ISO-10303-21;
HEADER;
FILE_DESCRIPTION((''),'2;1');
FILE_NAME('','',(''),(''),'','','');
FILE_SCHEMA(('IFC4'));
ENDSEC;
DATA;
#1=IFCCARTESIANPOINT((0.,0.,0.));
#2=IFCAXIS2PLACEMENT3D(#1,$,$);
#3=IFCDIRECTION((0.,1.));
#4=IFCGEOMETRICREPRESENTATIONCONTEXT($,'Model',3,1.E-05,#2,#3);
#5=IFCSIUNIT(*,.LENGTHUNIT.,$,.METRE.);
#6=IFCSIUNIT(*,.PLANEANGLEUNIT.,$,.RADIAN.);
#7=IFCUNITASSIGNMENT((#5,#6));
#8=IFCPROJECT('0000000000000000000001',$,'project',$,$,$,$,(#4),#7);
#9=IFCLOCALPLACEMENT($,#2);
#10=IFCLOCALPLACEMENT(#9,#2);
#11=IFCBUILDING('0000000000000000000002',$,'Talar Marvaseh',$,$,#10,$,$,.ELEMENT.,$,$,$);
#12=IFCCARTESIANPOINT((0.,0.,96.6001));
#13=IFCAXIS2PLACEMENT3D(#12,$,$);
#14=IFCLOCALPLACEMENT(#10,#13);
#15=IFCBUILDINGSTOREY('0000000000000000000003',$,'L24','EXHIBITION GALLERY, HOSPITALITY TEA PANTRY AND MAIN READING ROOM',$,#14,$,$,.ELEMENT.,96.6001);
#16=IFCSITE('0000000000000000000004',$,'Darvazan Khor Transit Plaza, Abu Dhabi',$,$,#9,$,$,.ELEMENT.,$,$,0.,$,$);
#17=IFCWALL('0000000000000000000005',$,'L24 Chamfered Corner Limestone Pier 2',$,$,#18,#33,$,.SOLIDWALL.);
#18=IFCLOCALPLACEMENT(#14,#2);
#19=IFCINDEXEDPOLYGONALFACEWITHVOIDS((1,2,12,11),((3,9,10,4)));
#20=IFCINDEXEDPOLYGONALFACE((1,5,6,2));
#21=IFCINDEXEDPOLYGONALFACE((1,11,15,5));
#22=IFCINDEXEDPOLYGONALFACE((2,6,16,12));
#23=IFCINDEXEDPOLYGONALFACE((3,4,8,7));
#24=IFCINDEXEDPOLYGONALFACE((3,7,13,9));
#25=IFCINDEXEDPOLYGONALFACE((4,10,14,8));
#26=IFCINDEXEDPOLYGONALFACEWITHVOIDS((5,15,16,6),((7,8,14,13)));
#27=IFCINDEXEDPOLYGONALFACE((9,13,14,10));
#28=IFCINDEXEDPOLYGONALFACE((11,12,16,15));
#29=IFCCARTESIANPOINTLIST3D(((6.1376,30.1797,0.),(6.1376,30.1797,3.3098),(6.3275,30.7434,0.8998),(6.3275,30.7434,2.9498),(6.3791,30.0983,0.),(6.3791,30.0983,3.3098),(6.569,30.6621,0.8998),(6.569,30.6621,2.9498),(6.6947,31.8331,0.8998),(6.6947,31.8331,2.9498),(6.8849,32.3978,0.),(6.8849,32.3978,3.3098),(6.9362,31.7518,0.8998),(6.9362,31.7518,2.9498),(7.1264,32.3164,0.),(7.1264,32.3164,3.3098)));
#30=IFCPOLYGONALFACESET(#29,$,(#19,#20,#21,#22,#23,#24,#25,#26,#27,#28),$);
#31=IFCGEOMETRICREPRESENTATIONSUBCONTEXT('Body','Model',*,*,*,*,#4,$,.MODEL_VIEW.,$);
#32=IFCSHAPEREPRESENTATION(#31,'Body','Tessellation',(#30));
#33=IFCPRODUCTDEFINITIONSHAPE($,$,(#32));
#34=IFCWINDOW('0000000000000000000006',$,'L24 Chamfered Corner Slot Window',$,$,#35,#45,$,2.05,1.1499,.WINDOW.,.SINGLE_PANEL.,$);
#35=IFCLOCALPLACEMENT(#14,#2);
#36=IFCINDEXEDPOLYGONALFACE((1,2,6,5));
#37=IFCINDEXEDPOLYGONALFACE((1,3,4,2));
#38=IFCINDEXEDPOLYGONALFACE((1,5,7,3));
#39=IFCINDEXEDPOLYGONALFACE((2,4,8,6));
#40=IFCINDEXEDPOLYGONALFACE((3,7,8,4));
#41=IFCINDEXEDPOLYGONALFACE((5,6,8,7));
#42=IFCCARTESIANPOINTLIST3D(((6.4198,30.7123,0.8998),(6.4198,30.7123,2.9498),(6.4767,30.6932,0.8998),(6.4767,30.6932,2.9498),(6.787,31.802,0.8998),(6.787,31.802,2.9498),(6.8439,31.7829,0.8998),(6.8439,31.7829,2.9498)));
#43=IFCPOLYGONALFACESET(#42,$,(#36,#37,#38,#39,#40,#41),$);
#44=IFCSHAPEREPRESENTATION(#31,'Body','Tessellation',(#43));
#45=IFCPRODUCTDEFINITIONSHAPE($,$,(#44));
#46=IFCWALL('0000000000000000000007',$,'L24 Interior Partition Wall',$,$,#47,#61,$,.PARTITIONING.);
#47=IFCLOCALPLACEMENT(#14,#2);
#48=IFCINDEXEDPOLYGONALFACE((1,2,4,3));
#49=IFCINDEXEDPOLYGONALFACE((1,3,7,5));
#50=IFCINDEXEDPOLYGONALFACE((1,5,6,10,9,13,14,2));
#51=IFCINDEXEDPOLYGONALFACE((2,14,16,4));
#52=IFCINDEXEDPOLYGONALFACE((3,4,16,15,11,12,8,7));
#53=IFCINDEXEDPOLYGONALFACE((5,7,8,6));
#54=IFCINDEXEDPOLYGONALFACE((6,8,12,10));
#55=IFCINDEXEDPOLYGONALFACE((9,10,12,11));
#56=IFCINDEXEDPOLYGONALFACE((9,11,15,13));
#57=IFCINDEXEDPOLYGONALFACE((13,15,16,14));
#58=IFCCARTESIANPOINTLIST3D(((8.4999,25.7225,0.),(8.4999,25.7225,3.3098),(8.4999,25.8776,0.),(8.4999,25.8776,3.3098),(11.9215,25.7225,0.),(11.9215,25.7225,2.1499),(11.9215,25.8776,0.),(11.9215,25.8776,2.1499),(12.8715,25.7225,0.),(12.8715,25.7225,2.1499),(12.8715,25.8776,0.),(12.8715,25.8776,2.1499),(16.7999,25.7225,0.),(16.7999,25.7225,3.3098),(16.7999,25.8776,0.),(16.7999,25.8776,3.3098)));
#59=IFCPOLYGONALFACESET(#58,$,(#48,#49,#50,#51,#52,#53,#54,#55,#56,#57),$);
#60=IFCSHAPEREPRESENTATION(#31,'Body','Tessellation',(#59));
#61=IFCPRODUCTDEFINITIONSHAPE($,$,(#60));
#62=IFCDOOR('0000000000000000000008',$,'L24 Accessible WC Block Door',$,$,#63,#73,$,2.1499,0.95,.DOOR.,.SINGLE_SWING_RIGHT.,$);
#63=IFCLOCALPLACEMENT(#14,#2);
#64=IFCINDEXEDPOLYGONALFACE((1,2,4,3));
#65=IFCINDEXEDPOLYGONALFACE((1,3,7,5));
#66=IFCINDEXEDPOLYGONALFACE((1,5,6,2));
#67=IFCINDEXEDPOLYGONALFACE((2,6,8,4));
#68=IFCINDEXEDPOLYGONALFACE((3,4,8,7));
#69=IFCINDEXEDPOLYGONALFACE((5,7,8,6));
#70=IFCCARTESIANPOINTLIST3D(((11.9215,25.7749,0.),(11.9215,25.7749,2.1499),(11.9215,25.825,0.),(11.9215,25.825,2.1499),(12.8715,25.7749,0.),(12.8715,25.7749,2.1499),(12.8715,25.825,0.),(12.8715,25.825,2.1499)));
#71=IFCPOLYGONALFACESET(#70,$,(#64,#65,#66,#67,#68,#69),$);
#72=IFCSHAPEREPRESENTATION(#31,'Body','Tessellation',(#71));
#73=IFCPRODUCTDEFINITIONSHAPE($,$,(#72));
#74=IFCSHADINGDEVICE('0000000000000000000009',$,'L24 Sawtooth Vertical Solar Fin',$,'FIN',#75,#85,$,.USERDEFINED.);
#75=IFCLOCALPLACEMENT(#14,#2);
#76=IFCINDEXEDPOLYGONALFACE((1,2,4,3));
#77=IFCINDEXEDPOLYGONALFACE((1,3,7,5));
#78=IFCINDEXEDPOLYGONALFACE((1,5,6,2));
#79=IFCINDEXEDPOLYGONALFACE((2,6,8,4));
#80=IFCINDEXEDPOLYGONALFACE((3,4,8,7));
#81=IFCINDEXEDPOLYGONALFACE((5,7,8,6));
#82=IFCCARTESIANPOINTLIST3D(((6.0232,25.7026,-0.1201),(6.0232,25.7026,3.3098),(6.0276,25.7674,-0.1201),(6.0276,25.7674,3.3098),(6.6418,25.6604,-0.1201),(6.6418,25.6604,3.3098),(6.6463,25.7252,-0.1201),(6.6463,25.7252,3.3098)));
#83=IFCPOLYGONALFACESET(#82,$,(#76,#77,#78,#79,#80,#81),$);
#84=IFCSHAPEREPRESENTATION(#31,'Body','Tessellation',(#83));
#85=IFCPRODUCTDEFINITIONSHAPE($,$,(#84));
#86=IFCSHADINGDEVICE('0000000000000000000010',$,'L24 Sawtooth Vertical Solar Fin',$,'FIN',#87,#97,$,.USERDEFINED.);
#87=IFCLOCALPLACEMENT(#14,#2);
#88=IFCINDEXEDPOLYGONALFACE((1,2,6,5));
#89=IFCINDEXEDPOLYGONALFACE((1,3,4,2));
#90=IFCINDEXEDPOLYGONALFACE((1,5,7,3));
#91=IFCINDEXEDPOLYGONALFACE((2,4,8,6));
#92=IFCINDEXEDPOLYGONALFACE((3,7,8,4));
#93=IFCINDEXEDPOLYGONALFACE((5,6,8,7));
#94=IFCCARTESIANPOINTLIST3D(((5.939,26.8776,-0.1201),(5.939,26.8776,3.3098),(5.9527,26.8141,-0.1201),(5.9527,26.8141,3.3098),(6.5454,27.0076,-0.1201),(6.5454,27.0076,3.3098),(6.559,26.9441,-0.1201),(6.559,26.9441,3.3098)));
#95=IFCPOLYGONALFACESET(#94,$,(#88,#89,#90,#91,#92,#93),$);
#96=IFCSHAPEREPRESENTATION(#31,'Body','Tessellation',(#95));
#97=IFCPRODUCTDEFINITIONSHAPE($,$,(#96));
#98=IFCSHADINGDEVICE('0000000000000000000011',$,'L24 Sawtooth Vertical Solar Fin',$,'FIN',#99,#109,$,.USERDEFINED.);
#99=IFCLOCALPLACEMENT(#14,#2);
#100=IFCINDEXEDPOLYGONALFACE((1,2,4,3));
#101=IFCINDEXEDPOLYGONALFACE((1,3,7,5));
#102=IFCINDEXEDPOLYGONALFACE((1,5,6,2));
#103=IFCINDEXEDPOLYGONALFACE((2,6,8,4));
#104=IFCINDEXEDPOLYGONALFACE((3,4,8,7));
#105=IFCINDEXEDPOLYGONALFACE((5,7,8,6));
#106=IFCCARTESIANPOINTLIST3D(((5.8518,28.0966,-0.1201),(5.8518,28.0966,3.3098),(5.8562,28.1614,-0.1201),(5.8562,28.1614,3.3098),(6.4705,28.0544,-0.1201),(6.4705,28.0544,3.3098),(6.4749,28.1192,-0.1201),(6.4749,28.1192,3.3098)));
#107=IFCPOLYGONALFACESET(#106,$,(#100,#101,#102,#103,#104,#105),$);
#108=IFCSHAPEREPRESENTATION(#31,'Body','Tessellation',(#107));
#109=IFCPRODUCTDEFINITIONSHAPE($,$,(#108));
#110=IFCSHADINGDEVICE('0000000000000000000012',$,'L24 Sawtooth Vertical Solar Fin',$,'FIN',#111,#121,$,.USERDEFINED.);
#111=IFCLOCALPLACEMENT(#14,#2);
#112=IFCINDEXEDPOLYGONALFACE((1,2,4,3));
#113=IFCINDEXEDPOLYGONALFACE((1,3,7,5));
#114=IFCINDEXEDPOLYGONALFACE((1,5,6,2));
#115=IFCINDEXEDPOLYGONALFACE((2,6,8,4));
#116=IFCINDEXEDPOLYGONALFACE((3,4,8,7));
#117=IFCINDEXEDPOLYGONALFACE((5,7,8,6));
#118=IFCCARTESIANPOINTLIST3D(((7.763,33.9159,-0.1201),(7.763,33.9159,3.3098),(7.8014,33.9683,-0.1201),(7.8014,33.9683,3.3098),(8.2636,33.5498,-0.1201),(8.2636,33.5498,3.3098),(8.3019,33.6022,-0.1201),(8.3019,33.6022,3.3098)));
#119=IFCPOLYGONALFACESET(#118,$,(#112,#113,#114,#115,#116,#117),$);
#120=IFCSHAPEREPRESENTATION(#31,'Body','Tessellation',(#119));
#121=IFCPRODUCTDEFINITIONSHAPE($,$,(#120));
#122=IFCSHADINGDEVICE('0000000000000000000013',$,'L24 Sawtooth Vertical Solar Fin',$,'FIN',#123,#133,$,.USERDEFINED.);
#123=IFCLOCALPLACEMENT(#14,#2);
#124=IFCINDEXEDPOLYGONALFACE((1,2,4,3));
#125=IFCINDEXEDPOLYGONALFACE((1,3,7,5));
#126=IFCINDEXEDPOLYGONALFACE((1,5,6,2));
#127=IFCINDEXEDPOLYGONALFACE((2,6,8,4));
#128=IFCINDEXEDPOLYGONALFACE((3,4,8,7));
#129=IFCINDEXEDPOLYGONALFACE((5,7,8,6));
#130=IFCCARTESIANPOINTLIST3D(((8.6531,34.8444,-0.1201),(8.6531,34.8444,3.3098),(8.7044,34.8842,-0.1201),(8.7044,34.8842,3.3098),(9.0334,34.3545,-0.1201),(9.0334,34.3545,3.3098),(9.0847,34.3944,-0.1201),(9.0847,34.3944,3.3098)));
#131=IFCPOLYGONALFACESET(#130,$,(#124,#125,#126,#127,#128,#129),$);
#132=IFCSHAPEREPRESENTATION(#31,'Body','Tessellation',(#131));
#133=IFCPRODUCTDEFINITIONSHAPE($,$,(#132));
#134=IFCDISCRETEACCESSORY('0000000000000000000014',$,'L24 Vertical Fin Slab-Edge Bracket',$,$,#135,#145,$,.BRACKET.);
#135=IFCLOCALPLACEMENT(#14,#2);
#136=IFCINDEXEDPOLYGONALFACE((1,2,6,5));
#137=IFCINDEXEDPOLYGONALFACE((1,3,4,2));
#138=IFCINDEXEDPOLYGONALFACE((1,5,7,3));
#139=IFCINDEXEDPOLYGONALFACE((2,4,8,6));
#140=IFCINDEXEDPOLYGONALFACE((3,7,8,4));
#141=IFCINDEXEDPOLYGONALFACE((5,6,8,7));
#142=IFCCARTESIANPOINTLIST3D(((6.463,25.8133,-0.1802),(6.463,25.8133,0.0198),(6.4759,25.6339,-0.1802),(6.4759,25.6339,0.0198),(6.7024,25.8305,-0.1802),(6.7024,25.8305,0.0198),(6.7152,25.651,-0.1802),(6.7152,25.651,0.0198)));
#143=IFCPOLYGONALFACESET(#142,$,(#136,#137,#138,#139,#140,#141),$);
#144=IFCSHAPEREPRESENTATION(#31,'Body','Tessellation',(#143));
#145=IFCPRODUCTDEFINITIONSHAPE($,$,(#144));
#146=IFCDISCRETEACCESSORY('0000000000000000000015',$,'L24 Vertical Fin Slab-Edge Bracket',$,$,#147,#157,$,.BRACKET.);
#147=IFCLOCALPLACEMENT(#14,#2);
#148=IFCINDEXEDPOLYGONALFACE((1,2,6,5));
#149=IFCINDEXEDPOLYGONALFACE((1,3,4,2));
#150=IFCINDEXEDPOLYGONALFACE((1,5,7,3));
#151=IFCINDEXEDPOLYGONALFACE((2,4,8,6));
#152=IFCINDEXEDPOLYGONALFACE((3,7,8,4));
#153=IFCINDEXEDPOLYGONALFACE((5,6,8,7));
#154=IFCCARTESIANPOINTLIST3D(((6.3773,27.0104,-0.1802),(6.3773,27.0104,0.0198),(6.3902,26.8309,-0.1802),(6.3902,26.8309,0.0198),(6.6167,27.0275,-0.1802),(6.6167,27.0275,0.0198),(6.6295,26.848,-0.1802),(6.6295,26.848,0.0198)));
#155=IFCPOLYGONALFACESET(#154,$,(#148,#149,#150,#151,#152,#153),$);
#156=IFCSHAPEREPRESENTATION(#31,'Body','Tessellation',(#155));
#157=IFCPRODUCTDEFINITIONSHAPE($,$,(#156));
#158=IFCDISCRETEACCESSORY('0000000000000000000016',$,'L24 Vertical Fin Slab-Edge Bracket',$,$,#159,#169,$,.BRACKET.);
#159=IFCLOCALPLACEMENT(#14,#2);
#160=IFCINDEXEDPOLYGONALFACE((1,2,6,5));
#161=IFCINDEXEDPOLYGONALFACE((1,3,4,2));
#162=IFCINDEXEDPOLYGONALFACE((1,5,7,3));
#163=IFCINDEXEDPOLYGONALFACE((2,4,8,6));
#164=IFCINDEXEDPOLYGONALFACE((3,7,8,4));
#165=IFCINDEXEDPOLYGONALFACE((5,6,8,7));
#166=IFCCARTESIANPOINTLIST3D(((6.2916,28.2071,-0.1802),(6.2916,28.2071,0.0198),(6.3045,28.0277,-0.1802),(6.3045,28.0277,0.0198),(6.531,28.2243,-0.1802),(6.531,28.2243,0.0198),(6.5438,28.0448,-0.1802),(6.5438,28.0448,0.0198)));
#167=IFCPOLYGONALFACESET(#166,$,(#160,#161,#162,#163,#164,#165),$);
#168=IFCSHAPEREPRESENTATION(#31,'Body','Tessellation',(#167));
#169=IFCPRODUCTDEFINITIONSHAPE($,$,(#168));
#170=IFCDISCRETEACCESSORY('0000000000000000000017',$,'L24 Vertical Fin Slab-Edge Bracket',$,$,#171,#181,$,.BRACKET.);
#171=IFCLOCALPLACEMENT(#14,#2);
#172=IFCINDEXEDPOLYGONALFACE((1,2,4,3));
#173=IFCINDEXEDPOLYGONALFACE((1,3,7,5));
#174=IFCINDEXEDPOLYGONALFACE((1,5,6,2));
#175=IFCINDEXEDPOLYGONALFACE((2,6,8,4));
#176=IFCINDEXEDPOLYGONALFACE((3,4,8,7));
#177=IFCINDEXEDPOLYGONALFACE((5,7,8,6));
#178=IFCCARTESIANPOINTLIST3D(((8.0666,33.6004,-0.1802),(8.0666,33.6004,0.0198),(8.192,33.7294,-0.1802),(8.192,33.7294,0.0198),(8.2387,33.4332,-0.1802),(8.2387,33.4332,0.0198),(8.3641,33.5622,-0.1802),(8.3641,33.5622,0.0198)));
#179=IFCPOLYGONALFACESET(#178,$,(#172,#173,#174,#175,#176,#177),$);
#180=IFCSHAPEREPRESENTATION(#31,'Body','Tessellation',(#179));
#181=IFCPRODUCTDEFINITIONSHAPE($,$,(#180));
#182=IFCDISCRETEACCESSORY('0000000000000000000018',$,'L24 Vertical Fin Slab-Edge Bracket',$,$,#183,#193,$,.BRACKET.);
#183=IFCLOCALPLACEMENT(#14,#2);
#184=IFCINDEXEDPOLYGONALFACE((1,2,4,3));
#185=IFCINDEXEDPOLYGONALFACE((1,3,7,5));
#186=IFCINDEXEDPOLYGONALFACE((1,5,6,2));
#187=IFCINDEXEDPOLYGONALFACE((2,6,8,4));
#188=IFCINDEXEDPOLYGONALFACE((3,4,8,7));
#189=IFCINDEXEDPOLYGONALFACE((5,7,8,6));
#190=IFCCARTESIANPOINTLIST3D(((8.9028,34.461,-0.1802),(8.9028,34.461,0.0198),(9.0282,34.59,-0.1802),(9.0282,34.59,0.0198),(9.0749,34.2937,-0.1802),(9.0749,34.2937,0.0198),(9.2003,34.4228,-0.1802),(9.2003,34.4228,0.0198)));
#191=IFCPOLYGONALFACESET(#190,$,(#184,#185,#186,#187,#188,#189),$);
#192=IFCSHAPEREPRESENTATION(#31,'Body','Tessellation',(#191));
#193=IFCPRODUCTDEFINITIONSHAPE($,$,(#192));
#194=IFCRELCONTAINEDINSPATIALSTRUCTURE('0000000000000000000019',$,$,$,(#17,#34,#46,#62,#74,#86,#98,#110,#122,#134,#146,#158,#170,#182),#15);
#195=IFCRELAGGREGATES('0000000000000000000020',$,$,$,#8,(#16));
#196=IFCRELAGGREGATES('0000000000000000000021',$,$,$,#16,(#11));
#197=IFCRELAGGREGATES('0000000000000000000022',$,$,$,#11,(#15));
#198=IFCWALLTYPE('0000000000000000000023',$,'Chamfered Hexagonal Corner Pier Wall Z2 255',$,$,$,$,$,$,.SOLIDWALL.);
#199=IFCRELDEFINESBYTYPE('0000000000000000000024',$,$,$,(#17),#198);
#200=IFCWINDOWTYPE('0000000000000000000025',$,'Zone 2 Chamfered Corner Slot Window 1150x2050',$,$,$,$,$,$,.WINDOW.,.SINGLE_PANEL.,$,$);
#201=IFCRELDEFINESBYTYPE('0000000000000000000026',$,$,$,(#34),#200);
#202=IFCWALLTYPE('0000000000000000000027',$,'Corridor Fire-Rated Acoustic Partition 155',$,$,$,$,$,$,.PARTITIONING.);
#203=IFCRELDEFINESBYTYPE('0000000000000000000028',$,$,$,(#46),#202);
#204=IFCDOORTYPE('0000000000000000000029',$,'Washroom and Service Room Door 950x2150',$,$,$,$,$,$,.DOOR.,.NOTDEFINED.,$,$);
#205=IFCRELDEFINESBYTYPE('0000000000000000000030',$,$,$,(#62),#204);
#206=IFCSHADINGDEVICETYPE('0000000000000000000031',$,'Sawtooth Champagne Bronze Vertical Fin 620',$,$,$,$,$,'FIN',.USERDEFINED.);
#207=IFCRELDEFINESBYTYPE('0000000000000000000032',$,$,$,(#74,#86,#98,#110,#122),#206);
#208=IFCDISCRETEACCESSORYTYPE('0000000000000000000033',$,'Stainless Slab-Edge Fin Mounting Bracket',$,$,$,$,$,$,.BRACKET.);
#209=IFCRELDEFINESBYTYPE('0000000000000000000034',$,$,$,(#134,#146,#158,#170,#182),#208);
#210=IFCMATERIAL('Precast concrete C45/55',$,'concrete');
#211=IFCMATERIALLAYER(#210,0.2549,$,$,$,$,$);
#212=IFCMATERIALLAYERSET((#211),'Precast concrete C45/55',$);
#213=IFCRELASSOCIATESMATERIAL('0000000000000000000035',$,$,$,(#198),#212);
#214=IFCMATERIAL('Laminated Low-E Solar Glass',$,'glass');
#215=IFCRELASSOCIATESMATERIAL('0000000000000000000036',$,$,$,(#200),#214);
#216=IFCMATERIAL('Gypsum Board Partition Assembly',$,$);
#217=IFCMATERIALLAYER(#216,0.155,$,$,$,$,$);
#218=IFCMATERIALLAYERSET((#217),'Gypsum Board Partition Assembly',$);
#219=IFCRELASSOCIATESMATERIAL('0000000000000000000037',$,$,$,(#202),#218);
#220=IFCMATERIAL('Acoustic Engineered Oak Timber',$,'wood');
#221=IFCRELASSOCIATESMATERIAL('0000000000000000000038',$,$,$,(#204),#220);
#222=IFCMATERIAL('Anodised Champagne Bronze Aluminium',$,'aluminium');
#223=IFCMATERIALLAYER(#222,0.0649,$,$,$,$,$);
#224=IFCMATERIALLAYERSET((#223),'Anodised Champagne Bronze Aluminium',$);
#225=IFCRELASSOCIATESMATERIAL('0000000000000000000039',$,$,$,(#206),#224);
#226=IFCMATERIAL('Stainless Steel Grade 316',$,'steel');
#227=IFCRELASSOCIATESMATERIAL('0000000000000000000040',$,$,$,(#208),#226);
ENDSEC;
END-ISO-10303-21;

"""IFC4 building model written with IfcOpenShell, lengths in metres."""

from ifc_helpers import new_model, si_unit, direction, frame, frame_2d, origin, origin_2d, place, context, subcontext, project, spatial, rectangle, extrude, source, transform, mapped, material, layer, layer_set, type_object, type_shapes, element, fill, save


model = new_model("IFC4")

# Units and contexts
model_context = context("Model", 3, precision=1e-05, world=origin(), true_north=direction((0.0, 1.0)))
body_context = subcontext(model_context, "Body", "Model", "MODEL_VIEW")
ifc_project = project(units=[si_unit("LENGTHUNIT", "METRE"), si_unit("PLANEANGLEUNIT", "RADIAN")], contexts=[model_context])

# Site, building, storey
site_placement = place(None, origin())
site = spatial("IfcSite", under=ifc_project, at=site_placement, Name="Darvazan Khor Transit Plaza, Abu Dhabi", CompositionType="ELEMENT", RefElevation=0.0)
building_placement = place(site_placement, origin())
building = spatial("IfcBuilding", under=site, at=building_placement, Name="Talar Marvaseh", CompositionType="ELEMENT")
storey_placement = place(building_placement, frame((0.0, 0.0, 96.6001)))
storey = spatial("IfcBuildingStorey", under=building, at=storey_placement, Name="L24", Description="EXHIBITION GALLERY, HOSPITALITY TEA PANTRY AND MAIN READING ROOM", CompositionType="ELEMENT", Elevation=96.6001)

# Shared definitions
ifc_material_1 = material(Name="Laminated Low-E Solar Glass", Category="glass")

# Wall, opening, window
ifc_material_2 = material(Name="Precast concrete C45/55", Category="concrete")
ifc_layer_1 = layer(ifc_material_2, 0.2549)
ifc_layer_set_1 = layer_set([ifc_layer_1], Name="Precast concrete C45/55")
wall_type_1 = type_object("IfcWallType", Name="Chamfered Hexagonal Corner Pier Wall Z2 255", PredefinedType="SOLIDWALL", material=ifc_layer_set_1)
wall_1_placement = place(storey_placement, frame((6.2583, 30.1389, 0.0), z_axis=(0.0, 0.0, 1.0), x_axis=(0.319293, 0.947656, 0.0)))
wall_1 = element("IfcWall", 1, at=wall_1_placement, inside=storey, type_object=wall_type_1, Name="L24 Chamfered Corner Limestone Pier 2", PredefinedType="SOLIDWALL", context=body_context, shape_type="SweptSolid", body=[
    extrude(rectangle(XDim=2.3406, YDim=0.2549, at=frame_2d((1.1704, 0.0))), origin(), (0.0, 0.0, 1.0), 3.3098),
])
opening_1_placement = place(wall_1_placement, frame((0.595, 0.0, 0.8999)))
opening_1 = element("IfcOpeningElement", 2, at=opening_1_placement, cuts=wall_1, PredefinedType="OPENING", context=body_context, shape_type="SweptSolid", body=[
    extrude(rectangle(XDim=1.1499, YDim=2.05, at=frame_2d((0.575, 1.0249))), frame((0.0, 0.1375, 0.0), z_axis=(0.0, -1.0, 0.0), x_axis=(1.0, 0.0, 0.0)), (0.0, 0.0, 1.0), 0.2749),
])
window_type = type_object("IfcWindowType", Name="Zone 2 Chamfered Corner Slot Window 1150x2050", PartitioningType="SINGLE_PANEL", PredefinedType="WINDOW", material=ifc_material_1)
shared_shape_1 = source(origin(), body_context, "Body", "SweptSolid", [
    extrude(rectangle(XDim=1.1499, YDim=2.05, at=frame_2d((0.575, 1.0249))), frame((0.0, 0.03, 0.0), z_axis=(0.0, -1.0, 0.0), x_axis=(1.0, 0.0, 0.0)), (0.0, 0.0, 1.0), 0.0601),
])
type_shapes(window_type, [shared_shape_1])
window_placement = place(opening_1_placement, origin())
window = element("IfcWindow", 3, at=window_placement, inside=storey, type_object=window_type, Name="L24 Chamfered Corner Slot Window", OverallHeight=2.05, OverallWidth=1.1499, PartitioningType="SINGLE_PANEL", PredefinedType="WINDOW", context=body_context, shape_type="MappedRepresentation", body=[
    mapped(shared_shape_1, transform((0.0, 0.0, 0.0), x_axis=(1.0, 0.0, 0.0), y_axis=(0.0, 1.0, 0.0), z_axis=(0.0, 0.0, 1.0), scale=1.0)),
])
fill(opening_1, window)

# Wall, opening, door
ifc_material_3 = material(Name="Gypsum Board Partition Assembly")
ifc_layer_2 = layer(ifc_material_3, 0.155)
ifc_layer_set_2 = layer_set([ifc_layer_2], Name="Gypsum Board Partition Assembly")
wall_type_2 = type_object("IfcWallType", Name="Corridor Fire-Rated Acoustic Partition 155", PredefinedType="PARTITIONING", material=ifc_layer_set_2)
wall_2_placement = place(storey_placement, frame((8.5, 25.8, 0.0), z_axis=(0.0, 0.0, 1.0), x_axis=(1.0, 0.0, 0.0)))
wall_2 = element("IfcWall", 4, at=wall_2_placement, inside=storey, type_object=wall_type_2, Name="L24 Interior Partition Wall", PredefinedType="PARTITIONING", context=body_context, shape_type="SweptSolid", body=[
    extrude(rectangle(XDim=8.3, YDim=0.155, at=frame_2d((4.1499, 0.0))), origin(), (0.0, 0.0, 1.0), 3.3098),
])
opening_2_placement = place(wall_2_placement, frame((3.4214, 0.0, 0.0)))
opening_2 = element("IfcOpeningElement", 5, at=opening_2_placement, cuts=wall_2, PredefinedType="OPENING", context=body_context, shape_type="SweptSolid", body=[
    extrude(rectangle(XDim=0.95, YDim=2.1499, at=frame_2d((0.4751, 1.075))), frame((0.0, 0.0874, 0.0), z_axis=(0.0, -1.0, 0.0), x_axis=(1.0, 0.0, 0.0)), (0.0, 0.0, 1.0), 0.175),
])
ifc_material_4 = material(Name="Acoustic Engineered Oak Timber", Category="wood")
door_type = type_object("IfcDoorType", Name="Washroom and Service Room Door 950x2150", OperationType="NOTDEFINED", PredefinedType="DOOR", material=ifc_material_4)
shared_shape_2 = source(origin(), body_context, "Body", "SweptSolid", [
    extrude(rectangle(XDim=0.95, YDim=2.1499, at=frame_2d((0.4751, 1.075))), frame((0.0, 0.0249, 0.0), z_axis=(0.0, -1.0, 0.0), x_axis=(1.0, 0.0, 0.0)), (0.0, 0.0, 1.0), 0.05),
])
type_shapes(door_type, [shared_shape_2])
door_placement = place(opening_2_placement, origin())
door = element("IfcDoor", 6, at=door_placement, inside=storey, type_object=door_type, Name="L24 Accessible WC Block Door", OperationType="SINGLE_SWING_RIGHT", OverallHeight=2.1499, OverallWidth=0.95, PredefinedType="DOOR", context=body_context, shape_type="MappedRepresentation", body=[
    mapped(shared_shape_2, transform((0.0, 0.0, 0.0), x_axis=(1.0, 0.0, 0.0), y_axis=(0.0, 1.0, 0.0), z_axis=(0.0, 0.0, 1.0), scale=1.0)),
])
fill(opening_2, door)

# Shading devices
ifc_material_5 = material(Name="Anodised Champagne Bronze Aluminium", Category="aluminium")
ifc_layer_3 = layer(ifc_material_5, 0.0649)
ifc_layer_set_3 = layer_set([ifc_layer_3], Name="Anodised Champagne Bronze Aluminium")
shading_device_type = type_object("IfcShadingDeviceType", Name="Sawtooth Champagne Bronze Vertical Fin 620", ElementType="FIN", PredefinedType="USERDEFINED", material=ifc_layer_set_3)
shared_shape_3 = source(origin(), body_context, "Body", "SweptSolid", [
    extrude(rectangle(XDim=0.6201, YDim=0.0649, at=origin_2d()), origin(), (0.0, 0.0, 1.0), 3.4299),
])
type_shapes(shading_device_type, [shared_shape_3])
for number, where, z_axis, x_axis, name in (
    (7, (6.3347, 25.7139, -0.1201), (0.0, 0.0, 1.0), (-0.997684, 0.068015, 0.0), "L24 Sawtooth Vertical Solar Fin"),
    (8, (6.249, 26.9109, -0.1201), (0.0, 0.0, 1.0), (-0.977783, -0.209619, 0.0), "L24 Sawtooth Vertical Solar Fin"),
    (9, (6.1633, 28.1079, -0.1201), (0.0, 0.0, 1.0), (-0.997684, 0.068015, 0.0), "L24 Sawtooth Vertical Solar Fin"),
    (10, (8.0325, 33.759, -0.1201), (0.0, 0.0, 1.0), (-0.807166, 0.590324, 0.0), "L24 Sawtooth Vertical Solar Fin"),
    (11, (8.8689, 34.6194, -0.1201), (0.0, 0.0, 1.0), (-0.613183, 0.789941, 0.0), "L24 Sawtooth Vertical Solar Fin"),
):
    element("IfcShadingDevice", number, at=place(storey_placement, frame(where, z_axis=z_axis, x_axis=x_axis)), inside=storey, type_object=shading_device_type, Name=name, ObjectType="FIN", PredefinedType="USERDEFINED", context=body_context, shape_type="MappedRepresentation", body=[
        mapped(shared_shape_3, transform((0.0, 0.0, 0.0), x_axis=(1.0, 0.0, 0.0), y_axis=(0.0, 1.0, 0.0), z_axis=(0.0, 0.0, 1.0), scale=1.0)),
    ])

# Discrete accessories
ifc_material_6 = material(Name="Stainless Steel Grade 316", Category="steel")
discrete_accessory_type = type_object("IfcDiscreteAccessoryType", Name="Stainless Slab-Edge Fin Mounting Bracket", PredefinedType="BRACKET", material=ifc_material_6)
shared_shape_4 = source(origin(), body_context, "Body", "SweptSolid", [
    extrude(rectangle(XDim=0.24, YDim=0.1799, at=origin_2d()), origin(), (0.0, 0.0, 1.0), 0.2),
])
type_shapes(discrete_accessory_type, [shared_shape_4])
for number, where, z_axis, x_axis, name in (
    (12, (6.5891, 25.7322, -0.1802), (0.0, 0.0, 1.0), (-0.997441, -0.071497, 0.0), "L24 Vertical Fin Slab-Edge Bracket"),
    (13, (6.5034, 26.9292, -0.1802), (0.0, 0.0, 1.0), (-0.997441, -0.071497, 0.0), "L24 Vertical Fin Slab-Edge Bracket"),
    (14, (6.4177, 28.126, -0.1802), (0.0, 0.0, 1.0), (-0.997441, -0.071497, 0.0), "L24 Vertical Fin Slab-Edge Bracket"),
    (15, (8.2153, 33.5813, -0.1802), (0.0, 0.0, 1.0), (-0.717154, 0.696915, 0.0), "L24 Vertical Fin Slab-Edge Bracket"),
    (16, (9.0515, 34.4419, -0.1802), (0.0, 0.0, 1.0), (-0.717154, 0.696915, 0.0), "L24 Vertical Fin Slab-Edge Bracket"),
):
    element("IfcDiscreteAccessory", number, at=place(storey_placement, frame(where, z_axis=z_axis, x_axis=x_axis)), inside=storey, type_object=discrete_accessory_type, Name=name, PredefinedType="BRACKET", context=body_context, shape_type="MappedRepresentation", body=[
        mapped(shared_shape_4, transform((0.0, 0.0, 0.0), x_axis=(1.0, 0.0, 0.0), y_axis=(0.0, 1.0, 0.0), z_axis=(0.0, 0.0, 1.0), scale=1.0)),
    ])

save(model, "model.ifc")
